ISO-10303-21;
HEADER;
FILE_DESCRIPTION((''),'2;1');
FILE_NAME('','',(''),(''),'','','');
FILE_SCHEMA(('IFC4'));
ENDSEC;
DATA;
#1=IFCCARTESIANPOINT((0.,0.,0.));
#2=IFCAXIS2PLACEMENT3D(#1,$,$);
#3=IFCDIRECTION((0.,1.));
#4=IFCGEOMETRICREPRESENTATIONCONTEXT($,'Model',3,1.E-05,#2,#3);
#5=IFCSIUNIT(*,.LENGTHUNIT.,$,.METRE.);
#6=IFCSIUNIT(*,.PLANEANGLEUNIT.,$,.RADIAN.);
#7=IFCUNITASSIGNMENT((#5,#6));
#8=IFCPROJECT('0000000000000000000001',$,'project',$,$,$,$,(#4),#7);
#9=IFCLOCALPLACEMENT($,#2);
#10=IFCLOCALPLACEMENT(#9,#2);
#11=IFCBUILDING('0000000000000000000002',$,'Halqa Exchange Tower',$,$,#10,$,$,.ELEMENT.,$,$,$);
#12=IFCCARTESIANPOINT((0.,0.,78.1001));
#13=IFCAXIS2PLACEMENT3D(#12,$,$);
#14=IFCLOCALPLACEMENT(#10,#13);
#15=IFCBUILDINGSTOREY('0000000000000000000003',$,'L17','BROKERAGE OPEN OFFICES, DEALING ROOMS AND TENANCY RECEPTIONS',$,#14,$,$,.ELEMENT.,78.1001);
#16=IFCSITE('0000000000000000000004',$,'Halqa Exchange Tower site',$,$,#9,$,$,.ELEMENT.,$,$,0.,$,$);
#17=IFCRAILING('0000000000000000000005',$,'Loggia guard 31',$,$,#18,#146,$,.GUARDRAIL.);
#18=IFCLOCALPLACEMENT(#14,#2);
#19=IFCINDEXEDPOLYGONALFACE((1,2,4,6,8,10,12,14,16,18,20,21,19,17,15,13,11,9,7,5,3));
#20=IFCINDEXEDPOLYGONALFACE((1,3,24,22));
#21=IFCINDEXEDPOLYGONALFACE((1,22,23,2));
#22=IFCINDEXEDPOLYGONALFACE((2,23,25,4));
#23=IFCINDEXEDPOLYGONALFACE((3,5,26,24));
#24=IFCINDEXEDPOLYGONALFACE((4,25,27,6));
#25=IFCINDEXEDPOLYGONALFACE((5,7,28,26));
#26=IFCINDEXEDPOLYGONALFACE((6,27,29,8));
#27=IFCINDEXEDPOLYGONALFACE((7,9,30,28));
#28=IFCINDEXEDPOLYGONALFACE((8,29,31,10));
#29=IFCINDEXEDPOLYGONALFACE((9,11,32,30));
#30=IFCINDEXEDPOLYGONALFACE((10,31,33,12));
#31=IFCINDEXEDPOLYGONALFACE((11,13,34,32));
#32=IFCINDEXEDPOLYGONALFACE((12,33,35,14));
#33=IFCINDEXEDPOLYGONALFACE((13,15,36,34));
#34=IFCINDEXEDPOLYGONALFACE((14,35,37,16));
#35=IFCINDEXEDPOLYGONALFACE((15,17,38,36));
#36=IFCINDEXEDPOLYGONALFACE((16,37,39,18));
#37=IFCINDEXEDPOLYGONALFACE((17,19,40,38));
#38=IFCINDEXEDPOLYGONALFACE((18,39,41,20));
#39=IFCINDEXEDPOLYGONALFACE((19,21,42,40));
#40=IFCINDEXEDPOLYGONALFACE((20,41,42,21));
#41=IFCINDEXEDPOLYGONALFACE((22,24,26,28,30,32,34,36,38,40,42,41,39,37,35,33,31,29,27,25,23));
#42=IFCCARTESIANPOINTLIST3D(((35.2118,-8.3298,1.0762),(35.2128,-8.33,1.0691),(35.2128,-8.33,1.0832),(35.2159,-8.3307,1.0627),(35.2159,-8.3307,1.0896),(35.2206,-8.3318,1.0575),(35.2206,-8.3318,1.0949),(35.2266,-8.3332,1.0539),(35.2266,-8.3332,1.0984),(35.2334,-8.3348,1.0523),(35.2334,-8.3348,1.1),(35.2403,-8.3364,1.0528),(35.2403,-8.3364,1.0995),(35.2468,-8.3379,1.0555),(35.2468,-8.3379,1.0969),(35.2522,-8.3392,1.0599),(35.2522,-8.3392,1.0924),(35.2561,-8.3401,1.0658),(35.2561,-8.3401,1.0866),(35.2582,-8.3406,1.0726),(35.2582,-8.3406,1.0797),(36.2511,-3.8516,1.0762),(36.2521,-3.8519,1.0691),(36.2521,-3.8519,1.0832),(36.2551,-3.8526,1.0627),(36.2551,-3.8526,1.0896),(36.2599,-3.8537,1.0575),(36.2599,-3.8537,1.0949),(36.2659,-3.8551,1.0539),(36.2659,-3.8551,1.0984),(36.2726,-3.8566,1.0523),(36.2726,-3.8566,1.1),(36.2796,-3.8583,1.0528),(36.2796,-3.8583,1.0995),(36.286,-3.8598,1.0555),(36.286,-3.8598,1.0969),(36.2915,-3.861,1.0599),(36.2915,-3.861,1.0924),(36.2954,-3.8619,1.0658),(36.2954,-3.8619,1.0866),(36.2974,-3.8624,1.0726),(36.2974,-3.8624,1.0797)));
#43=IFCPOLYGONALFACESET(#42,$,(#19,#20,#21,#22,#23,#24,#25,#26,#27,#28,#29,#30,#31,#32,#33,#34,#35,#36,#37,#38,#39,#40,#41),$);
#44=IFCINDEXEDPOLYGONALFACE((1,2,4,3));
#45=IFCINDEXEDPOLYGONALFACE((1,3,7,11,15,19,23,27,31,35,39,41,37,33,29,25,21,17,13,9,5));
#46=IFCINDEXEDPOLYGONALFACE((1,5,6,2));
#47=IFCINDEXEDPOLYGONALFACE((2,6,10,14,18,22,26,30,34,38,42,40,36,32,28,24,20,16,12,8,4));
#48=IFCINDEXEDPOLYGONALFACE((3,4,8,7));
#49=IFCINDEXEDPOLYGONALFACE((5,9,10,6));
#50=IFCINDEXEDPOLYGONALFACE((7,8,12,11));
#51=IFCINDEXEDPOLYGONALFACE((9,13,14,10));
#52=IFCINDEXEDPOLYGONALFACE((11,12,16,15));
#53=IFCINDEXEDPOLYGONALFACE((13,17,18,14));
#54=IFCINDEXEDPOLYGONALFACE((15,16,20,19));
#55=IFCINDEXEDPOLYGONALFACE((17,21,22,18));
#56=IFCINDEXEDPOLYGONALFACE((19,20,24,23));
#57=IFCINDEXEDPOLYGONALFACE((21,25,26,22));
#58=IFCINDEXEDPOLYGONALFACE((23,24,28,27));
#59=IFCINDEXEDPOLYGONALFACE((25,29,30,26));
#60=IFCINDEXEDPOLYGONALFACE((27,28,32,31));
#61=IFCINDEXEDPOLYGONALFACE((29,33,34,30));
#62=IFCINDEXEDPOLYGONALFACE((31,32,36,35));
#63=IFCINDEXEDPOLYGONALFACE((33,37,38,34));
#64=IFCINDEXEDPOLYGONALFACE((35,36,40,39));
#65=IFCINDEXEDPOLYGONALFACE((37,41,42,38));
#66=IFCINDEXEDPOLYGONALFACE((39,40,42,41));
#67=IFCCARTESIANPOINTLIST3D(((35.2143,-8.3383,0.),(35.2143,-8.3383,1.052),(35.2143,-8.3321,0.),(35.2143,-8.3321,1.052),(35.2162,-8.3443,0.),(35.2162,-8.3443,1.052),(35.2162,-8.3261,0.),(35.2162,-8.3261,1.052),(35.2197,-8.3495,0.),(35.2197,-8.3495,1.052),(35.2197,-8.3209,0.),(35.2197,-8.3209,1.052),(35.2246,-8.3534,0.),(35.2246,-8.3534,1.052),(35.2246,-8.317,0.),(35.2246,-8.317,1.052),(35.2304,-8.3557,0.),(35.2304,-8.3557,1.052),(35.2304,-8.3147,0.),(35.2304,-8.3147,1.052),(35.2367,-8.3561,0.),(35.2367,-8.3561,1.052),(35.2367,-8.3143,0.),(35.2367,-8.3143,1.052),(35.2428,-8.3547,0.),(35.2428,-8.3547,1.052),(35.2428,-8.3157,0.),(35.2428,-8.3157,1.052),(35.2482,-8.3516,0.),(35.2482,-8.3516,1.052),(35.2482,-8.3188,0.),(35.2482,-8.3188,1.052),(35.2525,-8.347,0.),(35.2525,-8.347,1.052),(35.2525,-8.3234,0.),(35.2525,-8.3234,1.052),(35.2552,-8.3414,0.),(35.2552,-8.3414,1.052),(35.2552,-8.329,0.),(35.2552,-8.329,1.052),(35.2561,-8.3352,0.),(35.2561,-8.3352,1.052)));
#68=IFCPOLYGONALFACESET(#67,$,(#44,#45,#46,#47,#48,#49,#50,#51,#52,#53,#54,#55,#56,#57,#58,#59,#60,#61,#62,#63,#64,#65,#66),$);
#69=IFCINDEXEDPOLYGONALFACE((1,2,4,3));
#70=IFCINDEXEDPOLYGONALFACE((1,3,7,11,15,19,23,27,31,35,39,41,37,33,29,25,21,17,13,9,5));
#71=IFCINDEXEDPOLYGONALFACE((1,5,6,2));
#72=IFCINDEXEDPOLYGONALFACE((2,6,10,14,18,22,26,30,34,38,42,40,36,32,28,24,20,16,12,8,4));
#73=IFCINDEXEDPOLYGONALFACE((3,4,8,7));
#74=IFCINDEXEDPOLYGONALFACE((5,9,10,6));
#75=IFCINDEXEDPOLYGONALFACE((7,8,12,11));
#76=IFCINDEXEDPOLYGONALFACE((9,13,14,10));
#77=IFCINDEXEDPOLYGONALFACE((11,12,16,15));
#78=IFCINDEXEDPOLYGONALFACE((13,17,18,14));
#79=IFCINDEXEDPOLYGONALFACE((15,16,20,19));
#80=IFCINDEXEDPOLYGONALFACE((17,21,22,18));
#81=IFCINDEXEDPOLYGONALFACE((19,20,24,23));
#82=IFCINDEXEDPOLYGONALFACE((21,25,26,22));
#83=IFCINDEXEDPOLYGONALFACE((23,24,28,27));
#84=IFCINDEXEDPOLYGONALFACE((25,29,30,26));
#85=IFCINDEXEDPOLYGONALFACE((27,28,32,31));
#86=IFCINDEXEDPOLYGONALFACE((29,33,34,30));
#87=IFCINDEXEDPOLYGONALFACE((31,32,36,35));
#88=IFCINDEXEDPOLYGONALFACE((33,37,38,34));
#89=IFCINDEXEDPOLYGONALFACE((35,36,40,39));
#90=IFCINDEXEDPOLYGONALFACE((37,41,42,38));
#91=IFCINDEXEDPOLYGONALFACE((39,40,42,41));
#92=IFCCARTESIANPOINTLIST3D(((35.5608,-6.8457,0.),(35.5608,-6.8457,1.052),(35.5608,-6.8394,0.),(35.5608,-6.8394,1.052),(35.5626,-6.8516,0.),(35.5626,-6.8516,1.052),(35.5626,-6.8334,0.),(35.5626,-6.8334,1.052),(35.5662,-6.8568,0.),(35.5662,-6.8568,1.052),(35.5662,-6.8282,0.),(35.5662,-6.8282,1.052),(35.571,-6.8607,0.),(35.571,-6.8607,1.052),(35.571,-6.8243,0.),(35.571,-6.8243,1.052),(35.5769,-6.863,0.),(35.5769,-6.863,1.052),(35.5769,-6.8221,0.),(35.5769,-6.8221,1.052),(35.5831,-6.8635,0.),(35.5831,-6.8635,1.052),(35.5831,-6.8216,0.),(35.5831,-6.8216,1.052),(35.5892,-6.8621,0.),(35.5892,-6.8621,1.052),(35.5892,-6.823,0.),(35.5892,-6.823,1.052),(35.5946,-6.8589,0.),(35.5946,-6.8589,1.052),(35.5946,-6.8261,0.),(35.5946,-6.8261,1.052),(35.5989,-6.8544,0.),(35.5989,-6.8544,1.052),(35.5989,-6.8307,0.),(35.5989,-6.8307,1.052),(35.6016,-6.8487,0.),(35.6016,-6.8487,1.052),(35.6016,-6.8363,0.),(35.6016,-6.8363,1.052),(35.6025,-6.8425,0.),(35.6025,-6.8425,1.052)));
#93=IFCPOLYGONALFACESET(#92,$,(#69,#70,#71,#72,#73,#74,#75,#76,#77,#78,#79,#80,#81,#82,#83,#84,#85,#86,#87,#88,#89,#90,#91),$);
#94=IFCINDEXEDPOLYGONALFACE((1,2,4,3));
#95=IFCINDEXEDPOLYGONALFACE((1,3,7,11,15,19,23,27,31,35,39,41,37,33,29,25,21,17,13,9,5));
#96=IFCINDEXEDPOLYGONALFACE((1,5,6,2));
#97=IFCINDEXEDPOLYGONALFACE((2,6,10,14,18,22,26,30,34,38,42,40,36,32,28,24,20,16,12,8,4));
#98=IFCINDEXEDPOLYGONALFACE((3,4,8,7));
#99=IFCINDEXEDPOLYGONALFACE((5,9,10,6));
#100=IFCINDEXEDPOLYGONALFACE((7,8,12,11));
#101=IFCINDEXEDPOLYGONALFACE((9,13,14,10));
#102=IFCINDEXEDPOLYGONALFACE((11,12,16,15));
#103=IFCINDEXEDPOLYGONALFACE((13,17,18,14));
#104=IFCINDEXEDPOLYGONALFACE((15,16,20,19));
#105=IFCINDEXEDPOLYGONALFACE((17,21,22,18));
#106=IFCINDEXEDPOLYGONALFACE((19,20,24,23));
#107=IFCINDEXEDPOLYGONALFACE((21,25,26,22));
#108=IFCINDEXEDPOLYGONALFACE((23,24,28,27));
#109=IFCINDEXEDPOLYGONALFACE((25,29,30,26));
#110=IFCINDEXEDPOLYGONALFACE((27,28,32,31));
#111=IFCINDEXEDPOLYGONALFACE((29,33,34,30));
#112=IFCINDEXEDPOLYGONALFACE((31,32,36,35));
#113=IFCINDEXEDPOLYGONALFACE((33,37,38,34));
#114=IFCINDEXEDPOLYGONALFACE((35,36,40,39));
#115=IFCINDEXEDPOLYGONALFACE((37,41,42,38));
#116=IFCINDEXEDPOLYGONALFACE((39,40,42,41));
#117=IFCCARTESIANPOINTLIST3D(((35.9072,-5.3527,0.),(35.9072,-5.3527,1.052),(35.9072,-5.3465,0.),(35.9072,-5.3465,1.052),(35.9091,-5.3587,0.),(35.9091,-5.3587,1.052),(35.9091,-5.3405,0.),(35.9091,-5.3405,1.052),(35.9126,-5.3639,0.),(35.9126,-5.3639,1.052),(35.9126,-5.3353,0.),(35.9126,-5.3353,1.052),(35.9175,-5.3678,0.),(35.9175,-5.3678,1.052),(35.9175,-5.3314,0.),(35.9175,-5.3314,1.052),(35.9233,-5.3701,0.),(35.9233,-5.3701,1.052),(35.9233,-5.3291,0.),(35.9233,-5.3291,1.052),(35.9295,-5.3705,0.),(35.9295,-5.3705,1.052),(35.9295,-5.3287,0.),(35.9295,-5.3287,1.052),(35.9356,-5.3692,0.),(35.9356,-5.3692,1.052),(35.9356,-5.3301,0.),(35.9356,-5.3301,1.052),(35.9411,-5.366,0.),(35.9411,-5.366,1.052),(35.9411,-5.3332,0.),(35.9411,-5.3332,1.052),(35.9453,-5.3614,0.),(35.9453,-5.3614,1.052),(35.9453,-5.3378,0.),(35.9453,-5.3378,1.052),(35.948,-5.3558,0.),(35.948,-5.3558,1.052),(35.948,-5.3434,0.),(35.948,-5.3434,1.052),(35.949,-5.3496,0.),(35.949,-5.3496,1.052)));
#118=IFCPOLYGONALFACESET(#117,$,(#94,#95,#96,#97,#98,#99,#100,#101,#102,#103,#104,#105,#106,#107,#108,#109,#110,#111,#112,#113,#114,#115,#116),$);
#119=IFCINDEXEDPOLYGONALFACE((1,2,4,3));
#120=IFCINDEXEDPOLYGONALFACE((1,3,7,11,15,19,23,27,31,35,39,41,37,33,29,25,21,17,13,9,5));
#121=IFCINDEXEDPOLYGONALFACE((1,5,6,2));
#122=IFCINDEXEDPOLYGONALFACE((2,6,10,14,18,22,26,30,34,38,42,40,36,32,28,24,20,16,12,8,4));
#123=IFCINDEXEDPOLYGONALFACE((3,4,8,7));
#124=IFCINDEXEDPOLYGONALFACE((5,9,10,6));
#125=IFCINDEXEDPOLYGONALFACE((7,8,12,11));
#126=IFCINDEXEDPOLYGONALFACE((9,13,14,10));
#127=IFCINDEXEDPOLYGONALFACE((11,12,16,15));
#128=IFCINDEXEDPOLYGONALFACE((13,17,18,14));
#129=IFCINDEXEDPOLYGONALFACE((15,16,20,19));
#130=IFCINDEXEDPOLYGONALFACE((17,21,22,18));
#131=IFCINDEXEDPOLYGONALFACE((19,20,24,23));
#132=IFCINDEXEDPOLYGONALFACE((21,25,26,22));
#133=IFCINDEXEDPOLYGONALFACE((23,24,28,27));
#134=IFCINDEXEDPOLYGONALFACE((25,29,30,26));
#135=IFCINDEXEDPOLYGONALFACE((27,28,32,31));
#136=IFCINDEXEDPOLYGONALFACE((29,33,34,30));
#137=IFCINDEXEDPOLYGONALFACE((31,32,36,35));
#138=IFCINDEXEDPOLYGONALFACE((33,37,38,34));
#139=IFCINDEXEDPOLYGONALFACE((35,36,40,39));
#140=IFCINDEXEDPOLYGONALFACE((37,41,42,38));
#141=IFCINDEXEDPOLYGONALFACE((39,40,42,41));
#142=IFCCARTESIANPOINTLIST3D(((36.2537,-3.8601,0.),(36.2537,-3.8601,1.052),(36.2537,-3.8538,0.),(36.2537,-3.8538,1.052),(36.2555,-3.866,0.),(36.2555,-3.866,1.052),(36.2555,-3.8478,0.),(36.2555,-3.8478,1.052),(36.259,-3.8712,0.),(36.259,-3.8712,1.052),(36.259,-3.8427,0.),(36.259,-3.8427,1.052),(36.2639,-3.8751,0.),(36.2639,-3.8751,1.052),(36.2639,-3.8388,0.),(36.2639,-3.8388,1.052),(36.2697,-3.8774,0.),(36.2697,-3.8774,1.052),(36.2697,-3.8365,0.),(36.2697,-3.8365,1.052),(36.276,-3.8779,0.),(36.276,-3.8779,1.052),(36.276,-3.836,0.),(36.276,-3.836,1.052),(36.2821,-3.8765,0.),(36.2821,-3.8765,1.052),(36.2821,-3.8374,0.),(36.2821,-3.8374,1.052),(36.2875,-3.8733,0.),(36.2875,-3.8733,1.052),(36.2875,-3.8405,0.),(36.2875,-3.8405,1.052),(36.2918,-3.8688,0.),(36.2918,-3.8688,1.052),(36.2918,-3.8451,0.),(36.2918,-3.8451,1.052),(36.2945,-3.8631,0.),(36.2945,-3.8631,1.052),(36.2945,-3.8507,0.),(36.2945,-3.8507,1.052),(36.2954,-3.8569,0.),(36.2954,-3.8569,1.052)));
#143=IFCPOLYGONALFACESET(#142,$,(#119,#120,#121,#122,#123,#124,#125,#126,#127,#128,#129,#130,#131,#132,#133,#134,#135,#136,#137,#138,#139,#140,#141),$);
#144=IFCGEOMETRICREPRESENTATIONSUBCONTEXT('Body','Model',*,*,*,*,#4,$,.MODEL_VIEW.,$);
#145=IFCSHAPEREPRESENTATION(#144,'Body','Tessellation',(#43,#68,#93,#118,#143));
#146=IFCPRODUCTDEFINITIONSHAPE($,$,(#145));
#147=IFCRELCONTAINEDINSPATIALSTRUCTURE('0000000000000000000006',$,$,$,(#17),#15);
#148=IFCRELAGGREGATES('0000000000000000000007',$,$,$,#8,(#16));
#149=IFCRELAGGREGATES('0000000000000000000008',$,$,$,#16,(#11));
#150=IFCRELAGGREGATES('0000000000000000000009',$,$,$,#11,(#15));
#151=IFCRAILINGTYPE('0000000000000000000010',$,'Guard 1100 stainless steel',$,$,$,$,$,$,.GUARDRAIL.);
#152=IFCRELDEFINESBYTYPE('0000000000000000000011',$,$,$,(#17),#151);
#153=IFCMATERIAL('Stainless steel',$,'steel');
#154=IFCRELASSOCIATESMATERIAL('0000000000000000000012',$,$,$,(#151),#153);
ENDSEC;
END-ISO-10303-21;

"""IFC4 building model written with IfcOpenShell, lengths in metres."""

from ifc_helpers import new_model, si_unit, direction, frame, origin, origin_2d, place, context, subcontext, project, spatial, circle, extrude, material, type_object, element, save


model = new_model("IFC4")

# Units and contexts
model_context = context("Model", 3, precision=1e-05, world=origin(), true_north=direction((0.0, 1.0)))
body_context = subcontext(model_context, "Body", "Model", "MODEL_VIEW")
ifc_project = project(units=[si_unit("LENGTHUNIT", "METRE"), si_unit("PLANEANGLEUNIT", "RADIAN")], contexts=[model_context])

# Site, building, storey
site_placement = place(None, origin())
site = spatial("IfcSite", under=ifc_project, at=site_placement, Name="Halqa Exchange Tower site", CompositionType="ELEMENT", RefElevation=0.0)
building_placement = place(site_placement, origin())
building = spatial("IfcBuilding", under=site, at=building_placement, Name="Halqa Exchange Tower", CompositionType="ELEMENT")
storey_placement = place(building_placement, frame((0.0, 0.0, 78.1001)))
storey = spatial("IfcBuildingStorey", under=building, at=storey_placement, Name="L17", Description="BROKERAGE OPEN OFFICES, DEALING ROOMS AND TENANCY RECEPTIONS", CompositionType="ELEMENT", Elevation=78.1001)

# Railing
ifc_material_1 = material(Name="Stainless steel", Category="steel")
railing_type = type_object("IfcRailingType", Name="Guard 1100 stainless steel", PredefinedType="GUARDRAIL", material=ifc_material_1)
railing_1_placement = place(storey_placement, frame((35.2351, -8.3352, 0.0)))
element("IfcRailing", 1, at=railing_1_placement, inside=storey, type_object=railing_type, Name="Loggia guard 31", PredefinedType="GUARDRAIL", context=body_context, shape_type="SweptSolid", body=[
    extrude(circle(Radius=0.0239, at=origin_2d()), frame((0.0, 0.0, 1.0762), z_axis=(0.226069, 0.974111, 0.0), x_axis=(-0.974111, 0.226069, 0.0)), (0.0, 0.0, 1.0), 4.5972),
    extrude(circle(Radius=0.021, at=origin_2d()), origin(), (0.0, 0.0, 1.0), 1.052),
    extrude(circle(Radius=0.021, at=origin_2d()), frame((0.3464, 1.4927, 0.0)), (0.0, 0.0, 1.0), 1.052),
    extrude(circle(Radius=0.021, at=origin_2d()), frame((0.6929, 2.9856, 0.0)), (0.0, 0.0, 1.0), 1.052),
    extrude(circle(Radius=0.021, at=origin_2d()), frame((1.0393, 4.4783, 0.0)), (0.0, 0.0, 1.0), 1.052),
])

save(model, "model.ifc")
